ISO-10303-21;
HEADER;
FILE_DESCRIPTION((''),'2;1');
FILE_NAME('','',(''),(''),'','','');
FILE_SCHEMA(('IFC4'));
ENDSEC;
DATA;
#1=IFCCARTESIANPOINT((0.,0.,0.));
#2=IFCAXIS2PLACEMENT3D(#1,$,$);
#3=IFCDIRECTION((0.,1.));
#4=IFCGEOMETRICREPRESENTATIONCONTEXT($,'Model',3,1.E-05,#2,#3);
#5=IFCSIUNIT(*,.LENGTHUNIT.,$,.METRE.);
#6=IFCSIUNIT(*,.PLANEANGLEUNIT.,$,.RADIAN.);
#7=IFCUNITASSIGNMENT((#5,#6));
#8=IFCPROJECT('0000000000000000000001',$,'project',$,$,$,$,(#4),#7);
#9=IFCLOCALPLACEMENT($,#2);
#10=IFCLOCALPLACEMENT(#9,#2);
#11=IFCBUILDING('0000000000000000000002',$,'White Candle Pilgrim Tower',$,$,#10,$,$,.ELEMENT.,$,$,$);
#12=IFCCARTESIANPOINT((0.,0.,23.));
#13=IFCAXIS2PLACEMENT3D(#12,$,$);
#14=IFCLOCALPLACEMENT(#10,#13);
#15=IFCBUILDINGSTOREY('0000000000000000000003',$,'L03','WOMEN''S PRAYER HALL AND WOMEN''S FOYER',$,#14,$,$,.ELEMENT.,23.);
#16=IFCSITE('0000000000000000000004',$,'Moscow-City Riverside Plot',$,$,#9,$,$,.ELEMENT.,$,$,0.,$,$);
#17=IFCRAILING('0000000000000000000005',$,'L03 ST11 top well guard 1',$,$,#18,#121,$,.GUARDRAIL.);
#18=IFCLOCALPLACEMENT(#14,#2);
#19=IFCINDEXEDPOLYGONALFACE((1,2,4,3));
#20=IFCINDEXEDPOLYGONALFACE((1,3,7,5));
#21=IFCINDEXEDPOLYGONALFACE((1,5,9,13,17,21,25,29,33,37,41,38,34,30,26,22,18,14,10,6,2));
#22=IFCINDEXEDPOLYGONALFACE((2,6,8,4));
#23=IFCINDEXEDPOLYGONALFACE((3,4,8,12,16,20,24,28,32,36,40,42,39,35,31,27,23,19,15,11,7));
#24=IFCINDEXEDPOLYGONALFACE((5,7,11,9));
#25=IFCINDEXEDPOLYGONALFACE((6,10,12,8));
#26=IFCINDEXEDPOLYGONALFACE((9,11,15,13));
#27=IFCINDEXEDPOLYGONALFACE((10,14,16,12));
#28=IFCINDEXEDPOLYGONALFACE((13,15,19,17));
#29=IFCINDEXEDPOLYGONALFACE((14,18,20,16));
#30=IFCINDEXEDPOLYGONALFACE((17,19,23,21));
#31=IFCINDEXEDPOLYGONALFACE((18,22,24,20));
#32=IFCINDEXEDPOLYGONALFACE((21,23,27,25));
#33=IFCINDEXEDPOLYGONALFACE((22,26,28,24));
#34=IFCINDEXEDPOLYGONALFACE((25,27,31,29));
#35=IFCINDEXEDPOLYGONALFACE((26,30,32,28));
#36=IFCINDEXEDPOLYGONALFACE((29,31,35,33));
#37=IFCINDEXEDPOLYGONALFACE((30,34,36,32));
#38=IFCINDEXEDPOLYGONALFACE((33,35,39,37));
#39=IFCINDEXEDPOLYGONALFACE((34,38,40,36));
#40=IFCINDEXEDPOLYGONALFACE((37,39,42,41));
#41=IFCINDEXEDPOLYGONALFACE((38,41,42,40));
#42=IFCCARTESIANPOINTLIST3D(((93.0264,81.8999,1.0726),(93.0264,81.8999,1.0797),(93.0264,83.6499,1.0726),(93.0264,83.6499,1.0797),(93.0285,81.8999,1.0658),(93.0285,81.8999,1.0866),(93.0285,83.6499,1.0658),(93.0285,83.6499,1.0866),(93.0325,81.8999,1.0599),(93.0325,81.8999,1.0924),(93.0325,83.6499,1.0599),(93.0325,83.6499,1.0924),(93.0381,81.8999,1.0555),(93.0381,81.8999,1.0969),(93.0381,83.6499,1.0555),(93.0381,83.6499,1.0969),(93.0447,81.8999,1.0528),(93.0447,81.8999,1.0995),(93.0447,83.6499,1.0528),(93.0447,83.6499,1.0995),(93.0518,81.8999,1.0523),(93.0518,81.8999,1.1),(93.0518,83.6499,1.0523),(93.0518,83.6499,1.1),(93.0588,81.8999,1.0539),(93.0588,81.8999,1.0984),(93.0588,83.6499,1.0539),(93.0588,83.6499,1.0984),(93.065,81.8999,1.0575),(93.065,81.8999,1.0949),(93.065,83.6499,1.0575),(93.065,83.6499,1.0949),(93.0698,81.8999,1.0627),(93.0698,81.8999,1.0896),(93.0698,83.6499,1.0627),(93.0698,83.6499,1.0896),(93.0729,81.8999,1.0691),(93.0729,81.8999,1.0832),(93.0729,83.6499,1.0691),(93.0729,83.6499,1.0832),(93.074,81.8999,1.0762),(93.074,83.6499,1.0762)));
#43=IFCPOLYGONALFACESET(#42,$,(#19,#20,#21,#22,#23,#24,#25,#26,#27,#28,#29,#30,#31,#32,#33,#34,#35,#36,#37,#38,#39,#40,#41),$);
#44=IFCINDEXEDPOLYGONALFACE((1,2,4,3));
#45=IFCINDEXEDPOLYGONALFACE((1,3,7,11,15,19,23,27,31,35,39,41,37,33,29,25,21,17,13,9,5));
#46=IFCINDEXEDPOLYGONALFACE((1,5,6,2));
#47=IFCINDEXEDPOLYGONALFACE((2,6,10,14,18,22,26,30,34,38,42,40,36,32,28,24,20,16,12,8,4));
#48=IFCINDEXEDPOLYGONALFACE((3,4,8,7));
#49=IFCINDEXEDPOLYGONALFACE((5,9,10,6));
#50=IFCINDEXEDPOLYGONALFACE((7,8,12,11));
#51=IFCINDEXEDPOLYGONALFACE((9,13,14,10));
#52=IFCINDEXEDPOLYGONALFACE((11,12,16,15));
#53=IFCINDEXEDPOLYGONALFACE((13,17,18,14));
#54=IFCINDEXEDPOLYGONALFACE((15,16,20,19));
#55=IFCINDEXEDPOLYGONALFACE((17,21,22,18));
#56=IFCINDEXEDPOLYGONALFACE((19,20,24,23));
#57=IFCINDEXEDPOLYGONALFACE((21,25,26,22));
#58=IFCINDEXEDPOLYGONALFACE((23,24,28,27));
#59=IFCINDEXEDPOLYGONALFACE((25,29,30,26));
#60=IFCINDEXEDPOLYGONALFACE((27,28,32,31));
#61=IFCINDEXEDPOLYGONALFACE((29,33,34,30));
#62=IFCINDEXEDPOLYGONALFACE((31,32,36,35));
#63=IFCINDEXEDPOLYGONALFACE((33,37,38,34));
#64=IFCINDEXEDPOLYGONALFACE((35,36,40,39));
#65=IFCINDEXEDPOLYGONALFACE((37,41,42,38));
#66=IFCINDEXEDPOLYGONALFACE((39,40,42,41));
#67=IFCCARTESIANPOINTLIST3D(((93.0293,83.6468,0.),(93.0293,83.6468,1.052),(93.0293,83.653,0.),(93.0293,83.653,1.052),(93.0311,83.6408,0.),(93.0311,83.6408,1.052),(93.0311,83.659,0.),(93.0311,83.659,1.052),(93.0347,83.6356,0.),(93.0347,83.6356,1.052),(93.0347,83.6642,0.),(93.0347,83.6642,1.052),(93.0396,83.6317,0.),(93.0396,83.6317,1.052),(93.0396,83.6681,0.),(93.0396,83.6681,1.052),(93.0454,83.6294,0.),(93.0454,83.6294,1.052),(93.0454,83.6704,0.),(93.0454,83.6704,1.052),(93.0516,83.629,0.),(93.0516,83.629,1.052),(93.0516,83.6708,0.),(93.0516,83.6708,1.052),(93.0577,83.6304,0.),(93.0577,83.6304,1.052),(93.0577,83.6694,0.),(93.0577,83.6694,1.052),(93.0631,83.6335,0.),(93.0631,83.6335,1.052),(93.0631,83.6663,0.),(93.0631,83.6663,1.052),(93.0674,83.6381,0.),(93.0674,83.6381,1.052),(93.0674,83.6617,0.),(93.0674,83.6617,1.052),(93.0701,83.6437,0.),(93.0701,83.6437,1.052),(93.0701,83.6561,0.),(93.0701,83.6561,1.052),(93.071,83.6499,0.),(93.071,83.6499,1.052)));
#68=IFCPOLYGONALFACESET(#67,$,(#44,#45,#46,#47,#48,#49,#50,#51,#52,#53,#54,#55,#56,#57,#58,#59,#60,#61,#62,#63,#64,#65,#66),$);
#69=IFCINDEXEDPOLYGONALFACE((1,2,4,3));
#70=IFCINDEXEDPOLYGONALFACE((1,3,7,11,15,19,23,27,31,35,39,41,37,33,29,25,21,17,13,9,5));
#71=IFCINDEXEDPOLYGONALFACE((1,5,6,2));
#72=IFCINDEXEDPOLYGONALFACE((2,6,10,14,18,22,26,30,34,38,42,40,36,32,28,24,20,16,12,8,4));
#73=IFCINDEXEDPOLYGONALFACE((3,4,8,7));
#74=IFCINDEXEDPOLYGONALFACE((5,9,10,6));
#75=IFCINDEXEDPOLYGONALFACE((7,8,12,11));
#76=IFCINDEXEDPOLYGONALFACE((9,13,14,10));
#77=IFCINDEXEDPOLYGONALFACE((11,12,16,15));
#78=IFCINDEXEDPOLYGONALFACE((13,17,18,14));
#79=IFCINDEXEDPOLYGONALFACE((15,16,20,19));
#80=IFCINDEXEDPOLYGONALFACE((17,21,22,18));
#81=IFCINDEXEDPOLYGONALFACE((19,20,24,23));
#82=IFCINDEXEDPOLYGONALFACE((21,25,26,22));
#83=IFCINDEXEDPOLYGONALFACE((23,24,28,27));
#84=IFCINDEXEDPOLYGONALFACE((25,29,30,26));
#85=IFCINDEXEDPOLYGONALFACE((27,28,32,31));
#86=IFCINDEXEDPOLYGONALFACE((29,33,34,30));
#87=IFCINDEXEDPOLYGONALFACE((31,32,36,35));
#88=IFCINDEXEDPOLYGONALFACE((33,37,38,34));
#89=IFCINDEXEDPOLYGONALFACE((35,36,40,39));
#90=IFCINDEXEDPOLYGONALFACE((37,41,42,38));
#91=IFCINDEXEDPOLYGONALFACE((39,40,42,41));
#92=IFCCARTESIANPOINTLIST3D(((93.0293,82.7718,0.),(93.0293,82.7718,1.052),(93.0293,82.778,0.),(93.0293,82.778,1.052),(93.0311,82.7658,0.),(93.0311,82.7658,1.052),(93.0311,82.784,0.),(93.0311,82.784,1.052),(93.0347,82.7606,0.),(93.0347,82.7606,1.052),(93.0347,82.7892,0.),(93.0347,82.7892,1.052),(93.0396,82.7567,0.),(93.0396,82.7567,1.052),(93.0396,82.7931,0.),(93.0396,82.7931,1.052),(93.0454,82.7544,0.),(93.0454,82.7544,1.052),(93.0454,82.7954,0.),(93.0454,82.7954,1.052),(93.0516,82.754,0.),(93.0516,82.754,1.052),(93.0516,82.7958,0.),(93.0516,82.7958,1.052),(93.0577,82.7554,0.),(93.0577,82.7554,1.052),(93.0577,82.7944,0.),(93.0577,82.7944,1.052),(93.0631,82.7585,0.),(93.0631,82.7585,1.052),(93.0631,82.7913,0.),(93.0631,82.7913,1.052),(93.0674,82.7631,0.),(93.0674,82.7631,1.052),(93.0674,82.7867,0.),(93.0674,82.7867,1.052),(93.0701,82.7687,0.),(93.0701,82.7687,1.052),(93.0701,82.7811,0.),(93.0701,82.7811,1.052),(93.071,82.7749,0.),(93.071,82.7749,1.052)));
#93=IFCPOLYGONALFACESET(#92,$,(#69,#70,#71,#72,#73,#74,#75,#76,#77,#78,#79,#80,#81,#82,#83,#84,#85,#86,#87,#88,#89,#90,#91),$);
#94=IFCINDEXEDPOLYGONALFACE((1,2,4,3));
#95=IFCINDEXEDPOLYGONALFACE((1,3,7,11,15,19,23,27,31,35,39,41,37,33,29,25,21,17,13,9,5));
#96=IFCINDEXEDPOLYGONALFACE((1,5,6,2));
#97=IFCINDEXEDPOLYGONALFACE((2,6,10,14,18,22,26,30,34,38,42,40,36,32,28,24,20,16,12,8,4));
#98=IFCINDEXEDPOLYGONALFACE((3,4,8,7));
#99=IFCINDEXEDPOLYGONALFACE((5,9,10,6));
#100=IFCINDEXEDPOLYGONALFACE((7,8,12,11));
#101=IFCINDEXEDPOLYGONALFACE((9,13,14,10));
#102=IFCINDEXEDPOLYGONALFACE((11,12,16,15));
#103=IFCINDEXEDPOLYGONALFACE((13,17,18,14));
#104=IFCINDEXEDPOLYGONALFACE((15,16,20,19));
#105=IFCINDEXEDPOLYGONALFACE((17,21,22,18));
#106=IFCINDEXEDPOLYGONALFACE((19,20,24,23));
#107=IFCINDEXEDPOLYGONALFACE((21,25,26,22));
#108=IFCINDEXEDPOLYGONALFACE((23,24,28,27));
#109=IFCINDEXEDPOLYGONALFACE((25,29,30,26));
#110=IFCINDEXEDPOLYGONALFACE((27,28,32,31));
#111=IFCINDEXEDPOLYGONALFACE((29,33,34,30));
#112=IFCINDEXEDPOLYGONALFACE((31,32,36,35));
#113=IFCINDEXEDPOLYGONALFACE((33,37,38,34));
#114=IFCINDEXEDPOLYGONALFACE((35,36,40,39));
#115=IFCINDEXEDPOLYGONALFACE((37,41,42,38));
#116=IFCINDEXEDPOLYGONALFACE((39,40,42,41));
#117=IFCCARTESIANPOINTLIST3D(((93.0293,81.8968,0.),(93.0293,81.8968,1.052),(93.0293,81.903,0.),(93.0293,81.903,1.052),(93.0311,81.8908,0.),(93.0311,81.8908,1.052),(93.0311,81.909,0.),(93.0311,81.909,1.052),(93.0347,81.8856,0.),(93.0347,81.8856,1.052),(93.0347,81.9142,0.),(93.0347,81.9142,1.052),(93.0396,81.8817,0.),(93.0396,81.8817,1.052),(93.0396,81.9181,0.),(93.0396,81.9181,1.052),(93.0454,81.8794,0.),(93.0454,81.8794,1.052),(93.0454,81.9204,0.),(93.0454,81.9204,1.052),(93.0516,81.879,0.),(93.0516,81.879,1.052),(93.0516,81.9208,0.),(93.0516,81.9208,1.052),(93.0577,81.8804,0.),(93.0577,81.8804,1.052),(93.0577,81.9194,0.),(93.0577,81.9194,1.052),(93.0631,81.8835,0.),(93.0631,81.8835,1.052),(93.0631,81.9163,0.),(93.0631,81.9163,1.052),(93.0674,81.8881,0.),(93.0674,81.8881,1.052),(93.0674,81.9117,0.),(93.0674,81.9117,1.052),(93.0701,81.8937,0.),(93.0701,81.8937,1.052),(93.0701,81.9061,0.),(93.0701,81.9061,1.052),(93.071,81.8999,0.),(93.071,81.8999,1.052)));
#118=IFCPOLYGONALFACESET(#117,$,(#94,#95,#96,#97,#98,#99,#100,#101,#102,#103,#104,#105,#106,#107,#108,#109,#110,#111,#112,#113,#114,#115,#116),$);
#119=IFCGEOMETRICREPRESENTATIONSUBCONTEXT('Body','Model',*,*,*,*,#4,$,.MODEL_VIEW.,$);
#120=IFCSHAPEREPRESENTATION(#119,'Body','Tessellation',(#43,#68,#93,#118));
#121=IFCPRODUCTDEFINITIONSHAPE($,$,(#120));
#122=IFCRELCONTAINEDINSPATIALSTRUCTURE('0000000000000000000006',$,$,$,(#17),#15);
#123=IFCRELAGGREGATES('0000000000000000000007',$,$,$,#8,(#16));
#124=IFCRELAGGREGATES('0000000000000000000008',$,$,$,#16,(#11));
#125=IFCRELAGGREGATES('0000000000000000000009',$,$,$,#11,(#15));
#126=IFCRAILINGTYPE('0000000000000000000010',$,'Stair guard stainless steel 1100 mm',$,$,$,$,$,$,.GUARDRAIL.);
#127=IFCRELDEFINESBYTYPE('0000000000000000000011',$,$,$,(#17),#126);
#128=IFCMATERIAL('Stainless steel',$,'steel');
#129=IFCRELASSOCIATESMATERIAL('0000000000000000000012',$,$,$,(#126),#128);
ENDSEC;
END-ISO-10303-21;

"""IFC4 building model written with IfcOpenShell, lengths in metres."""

from ifc_helpers import new_model, si_unit, direction, frame, origin, origin_2d, place, context, subcontext, project, spatial, circle, extrude, material, type_object, element, save


model = new_model("IFC4")

# Units and contexts
model_context = context("Model", 3, precision=1e-05, world=origin(), true_north=direction((0.0, 1.0)))
body_context = subcontext(model_context, "Body", "Model", "MODEL_VIEW")
ifc_project = project(units=[si_unit("LENGTHUNIT", "METRE"), si_unit("PLANEANGLEUNIT", "RADIAN")], contexts=[model_context])

# Site, building, storey
site_placement = place(None, origin())
site = spatial("IfcSite", under=ifc_project, at=site_placement, Name="Moscow-City Riverside Plot", CompositionType="ELEMENT", RefElevation=0.0)
building_placement = place(site_placement, origin())
building = spatial("IfcBuilding", under=site, at=building_placement, Name="White Candle Pilgrim Tower", CompositionType="ELEMENT")
storey_placement = place(building_placement, frame((0.0, 0.0, 23.0)))
storey = spatial("IfcBuildingStorey", under=building, at=storey_placement, Name="L03", Description="WOMEN'S PRAYER HALL AND WOMEN'S FOYER", CompositionType="ELEMENT", Elevation=23.0)

# Railing
ifc_material_1 = material(Name="Stainless steel", Category="steel")
railing_type = type_object("IfcRailingType", Name="Stair guard stainless steel 1100 mm", PredefinedType="GUARDRAIL", material=ifc_material_1)
railing_placement = place(storey_placement, frame((93.05, 83.6499, 0.0)))
element("IfcRailing", 1, at=railing_placement, inside=storey, type_object=railing_type, Name="L03 ST11 top well guard 1", PredefinedType="GUARDRAIL", context=body_context, shape_type="SweptSolid", body=[
    extrude(circle(Radius=0.0239, at=origin_2d()), frame((0.0, 0.0, 1.0762), z_axis=(0.0, -1.0, 0.0), x_axis=(1.0, 0.0, 0.0)), (0.0, 0.0, 1.0), 1.75),
    extrude(circle(Radius=0.021, at=origin_2d()), origin(), (0.0, 0.0, 1.0), 1.052),
    extrude(circle(Radius=0.021, at=origin_2d()), frame((0.0, -0.875, 0.0)), (0.0, 0.0, 1.0), 1.052),
    extrude(circle(Radius=0.021, at=origin_2d()), frame((0.0, -1.75, 0.0)), (0.0, 0.0, 1.0), 1.052),
])

save(model, "model.ifc")
